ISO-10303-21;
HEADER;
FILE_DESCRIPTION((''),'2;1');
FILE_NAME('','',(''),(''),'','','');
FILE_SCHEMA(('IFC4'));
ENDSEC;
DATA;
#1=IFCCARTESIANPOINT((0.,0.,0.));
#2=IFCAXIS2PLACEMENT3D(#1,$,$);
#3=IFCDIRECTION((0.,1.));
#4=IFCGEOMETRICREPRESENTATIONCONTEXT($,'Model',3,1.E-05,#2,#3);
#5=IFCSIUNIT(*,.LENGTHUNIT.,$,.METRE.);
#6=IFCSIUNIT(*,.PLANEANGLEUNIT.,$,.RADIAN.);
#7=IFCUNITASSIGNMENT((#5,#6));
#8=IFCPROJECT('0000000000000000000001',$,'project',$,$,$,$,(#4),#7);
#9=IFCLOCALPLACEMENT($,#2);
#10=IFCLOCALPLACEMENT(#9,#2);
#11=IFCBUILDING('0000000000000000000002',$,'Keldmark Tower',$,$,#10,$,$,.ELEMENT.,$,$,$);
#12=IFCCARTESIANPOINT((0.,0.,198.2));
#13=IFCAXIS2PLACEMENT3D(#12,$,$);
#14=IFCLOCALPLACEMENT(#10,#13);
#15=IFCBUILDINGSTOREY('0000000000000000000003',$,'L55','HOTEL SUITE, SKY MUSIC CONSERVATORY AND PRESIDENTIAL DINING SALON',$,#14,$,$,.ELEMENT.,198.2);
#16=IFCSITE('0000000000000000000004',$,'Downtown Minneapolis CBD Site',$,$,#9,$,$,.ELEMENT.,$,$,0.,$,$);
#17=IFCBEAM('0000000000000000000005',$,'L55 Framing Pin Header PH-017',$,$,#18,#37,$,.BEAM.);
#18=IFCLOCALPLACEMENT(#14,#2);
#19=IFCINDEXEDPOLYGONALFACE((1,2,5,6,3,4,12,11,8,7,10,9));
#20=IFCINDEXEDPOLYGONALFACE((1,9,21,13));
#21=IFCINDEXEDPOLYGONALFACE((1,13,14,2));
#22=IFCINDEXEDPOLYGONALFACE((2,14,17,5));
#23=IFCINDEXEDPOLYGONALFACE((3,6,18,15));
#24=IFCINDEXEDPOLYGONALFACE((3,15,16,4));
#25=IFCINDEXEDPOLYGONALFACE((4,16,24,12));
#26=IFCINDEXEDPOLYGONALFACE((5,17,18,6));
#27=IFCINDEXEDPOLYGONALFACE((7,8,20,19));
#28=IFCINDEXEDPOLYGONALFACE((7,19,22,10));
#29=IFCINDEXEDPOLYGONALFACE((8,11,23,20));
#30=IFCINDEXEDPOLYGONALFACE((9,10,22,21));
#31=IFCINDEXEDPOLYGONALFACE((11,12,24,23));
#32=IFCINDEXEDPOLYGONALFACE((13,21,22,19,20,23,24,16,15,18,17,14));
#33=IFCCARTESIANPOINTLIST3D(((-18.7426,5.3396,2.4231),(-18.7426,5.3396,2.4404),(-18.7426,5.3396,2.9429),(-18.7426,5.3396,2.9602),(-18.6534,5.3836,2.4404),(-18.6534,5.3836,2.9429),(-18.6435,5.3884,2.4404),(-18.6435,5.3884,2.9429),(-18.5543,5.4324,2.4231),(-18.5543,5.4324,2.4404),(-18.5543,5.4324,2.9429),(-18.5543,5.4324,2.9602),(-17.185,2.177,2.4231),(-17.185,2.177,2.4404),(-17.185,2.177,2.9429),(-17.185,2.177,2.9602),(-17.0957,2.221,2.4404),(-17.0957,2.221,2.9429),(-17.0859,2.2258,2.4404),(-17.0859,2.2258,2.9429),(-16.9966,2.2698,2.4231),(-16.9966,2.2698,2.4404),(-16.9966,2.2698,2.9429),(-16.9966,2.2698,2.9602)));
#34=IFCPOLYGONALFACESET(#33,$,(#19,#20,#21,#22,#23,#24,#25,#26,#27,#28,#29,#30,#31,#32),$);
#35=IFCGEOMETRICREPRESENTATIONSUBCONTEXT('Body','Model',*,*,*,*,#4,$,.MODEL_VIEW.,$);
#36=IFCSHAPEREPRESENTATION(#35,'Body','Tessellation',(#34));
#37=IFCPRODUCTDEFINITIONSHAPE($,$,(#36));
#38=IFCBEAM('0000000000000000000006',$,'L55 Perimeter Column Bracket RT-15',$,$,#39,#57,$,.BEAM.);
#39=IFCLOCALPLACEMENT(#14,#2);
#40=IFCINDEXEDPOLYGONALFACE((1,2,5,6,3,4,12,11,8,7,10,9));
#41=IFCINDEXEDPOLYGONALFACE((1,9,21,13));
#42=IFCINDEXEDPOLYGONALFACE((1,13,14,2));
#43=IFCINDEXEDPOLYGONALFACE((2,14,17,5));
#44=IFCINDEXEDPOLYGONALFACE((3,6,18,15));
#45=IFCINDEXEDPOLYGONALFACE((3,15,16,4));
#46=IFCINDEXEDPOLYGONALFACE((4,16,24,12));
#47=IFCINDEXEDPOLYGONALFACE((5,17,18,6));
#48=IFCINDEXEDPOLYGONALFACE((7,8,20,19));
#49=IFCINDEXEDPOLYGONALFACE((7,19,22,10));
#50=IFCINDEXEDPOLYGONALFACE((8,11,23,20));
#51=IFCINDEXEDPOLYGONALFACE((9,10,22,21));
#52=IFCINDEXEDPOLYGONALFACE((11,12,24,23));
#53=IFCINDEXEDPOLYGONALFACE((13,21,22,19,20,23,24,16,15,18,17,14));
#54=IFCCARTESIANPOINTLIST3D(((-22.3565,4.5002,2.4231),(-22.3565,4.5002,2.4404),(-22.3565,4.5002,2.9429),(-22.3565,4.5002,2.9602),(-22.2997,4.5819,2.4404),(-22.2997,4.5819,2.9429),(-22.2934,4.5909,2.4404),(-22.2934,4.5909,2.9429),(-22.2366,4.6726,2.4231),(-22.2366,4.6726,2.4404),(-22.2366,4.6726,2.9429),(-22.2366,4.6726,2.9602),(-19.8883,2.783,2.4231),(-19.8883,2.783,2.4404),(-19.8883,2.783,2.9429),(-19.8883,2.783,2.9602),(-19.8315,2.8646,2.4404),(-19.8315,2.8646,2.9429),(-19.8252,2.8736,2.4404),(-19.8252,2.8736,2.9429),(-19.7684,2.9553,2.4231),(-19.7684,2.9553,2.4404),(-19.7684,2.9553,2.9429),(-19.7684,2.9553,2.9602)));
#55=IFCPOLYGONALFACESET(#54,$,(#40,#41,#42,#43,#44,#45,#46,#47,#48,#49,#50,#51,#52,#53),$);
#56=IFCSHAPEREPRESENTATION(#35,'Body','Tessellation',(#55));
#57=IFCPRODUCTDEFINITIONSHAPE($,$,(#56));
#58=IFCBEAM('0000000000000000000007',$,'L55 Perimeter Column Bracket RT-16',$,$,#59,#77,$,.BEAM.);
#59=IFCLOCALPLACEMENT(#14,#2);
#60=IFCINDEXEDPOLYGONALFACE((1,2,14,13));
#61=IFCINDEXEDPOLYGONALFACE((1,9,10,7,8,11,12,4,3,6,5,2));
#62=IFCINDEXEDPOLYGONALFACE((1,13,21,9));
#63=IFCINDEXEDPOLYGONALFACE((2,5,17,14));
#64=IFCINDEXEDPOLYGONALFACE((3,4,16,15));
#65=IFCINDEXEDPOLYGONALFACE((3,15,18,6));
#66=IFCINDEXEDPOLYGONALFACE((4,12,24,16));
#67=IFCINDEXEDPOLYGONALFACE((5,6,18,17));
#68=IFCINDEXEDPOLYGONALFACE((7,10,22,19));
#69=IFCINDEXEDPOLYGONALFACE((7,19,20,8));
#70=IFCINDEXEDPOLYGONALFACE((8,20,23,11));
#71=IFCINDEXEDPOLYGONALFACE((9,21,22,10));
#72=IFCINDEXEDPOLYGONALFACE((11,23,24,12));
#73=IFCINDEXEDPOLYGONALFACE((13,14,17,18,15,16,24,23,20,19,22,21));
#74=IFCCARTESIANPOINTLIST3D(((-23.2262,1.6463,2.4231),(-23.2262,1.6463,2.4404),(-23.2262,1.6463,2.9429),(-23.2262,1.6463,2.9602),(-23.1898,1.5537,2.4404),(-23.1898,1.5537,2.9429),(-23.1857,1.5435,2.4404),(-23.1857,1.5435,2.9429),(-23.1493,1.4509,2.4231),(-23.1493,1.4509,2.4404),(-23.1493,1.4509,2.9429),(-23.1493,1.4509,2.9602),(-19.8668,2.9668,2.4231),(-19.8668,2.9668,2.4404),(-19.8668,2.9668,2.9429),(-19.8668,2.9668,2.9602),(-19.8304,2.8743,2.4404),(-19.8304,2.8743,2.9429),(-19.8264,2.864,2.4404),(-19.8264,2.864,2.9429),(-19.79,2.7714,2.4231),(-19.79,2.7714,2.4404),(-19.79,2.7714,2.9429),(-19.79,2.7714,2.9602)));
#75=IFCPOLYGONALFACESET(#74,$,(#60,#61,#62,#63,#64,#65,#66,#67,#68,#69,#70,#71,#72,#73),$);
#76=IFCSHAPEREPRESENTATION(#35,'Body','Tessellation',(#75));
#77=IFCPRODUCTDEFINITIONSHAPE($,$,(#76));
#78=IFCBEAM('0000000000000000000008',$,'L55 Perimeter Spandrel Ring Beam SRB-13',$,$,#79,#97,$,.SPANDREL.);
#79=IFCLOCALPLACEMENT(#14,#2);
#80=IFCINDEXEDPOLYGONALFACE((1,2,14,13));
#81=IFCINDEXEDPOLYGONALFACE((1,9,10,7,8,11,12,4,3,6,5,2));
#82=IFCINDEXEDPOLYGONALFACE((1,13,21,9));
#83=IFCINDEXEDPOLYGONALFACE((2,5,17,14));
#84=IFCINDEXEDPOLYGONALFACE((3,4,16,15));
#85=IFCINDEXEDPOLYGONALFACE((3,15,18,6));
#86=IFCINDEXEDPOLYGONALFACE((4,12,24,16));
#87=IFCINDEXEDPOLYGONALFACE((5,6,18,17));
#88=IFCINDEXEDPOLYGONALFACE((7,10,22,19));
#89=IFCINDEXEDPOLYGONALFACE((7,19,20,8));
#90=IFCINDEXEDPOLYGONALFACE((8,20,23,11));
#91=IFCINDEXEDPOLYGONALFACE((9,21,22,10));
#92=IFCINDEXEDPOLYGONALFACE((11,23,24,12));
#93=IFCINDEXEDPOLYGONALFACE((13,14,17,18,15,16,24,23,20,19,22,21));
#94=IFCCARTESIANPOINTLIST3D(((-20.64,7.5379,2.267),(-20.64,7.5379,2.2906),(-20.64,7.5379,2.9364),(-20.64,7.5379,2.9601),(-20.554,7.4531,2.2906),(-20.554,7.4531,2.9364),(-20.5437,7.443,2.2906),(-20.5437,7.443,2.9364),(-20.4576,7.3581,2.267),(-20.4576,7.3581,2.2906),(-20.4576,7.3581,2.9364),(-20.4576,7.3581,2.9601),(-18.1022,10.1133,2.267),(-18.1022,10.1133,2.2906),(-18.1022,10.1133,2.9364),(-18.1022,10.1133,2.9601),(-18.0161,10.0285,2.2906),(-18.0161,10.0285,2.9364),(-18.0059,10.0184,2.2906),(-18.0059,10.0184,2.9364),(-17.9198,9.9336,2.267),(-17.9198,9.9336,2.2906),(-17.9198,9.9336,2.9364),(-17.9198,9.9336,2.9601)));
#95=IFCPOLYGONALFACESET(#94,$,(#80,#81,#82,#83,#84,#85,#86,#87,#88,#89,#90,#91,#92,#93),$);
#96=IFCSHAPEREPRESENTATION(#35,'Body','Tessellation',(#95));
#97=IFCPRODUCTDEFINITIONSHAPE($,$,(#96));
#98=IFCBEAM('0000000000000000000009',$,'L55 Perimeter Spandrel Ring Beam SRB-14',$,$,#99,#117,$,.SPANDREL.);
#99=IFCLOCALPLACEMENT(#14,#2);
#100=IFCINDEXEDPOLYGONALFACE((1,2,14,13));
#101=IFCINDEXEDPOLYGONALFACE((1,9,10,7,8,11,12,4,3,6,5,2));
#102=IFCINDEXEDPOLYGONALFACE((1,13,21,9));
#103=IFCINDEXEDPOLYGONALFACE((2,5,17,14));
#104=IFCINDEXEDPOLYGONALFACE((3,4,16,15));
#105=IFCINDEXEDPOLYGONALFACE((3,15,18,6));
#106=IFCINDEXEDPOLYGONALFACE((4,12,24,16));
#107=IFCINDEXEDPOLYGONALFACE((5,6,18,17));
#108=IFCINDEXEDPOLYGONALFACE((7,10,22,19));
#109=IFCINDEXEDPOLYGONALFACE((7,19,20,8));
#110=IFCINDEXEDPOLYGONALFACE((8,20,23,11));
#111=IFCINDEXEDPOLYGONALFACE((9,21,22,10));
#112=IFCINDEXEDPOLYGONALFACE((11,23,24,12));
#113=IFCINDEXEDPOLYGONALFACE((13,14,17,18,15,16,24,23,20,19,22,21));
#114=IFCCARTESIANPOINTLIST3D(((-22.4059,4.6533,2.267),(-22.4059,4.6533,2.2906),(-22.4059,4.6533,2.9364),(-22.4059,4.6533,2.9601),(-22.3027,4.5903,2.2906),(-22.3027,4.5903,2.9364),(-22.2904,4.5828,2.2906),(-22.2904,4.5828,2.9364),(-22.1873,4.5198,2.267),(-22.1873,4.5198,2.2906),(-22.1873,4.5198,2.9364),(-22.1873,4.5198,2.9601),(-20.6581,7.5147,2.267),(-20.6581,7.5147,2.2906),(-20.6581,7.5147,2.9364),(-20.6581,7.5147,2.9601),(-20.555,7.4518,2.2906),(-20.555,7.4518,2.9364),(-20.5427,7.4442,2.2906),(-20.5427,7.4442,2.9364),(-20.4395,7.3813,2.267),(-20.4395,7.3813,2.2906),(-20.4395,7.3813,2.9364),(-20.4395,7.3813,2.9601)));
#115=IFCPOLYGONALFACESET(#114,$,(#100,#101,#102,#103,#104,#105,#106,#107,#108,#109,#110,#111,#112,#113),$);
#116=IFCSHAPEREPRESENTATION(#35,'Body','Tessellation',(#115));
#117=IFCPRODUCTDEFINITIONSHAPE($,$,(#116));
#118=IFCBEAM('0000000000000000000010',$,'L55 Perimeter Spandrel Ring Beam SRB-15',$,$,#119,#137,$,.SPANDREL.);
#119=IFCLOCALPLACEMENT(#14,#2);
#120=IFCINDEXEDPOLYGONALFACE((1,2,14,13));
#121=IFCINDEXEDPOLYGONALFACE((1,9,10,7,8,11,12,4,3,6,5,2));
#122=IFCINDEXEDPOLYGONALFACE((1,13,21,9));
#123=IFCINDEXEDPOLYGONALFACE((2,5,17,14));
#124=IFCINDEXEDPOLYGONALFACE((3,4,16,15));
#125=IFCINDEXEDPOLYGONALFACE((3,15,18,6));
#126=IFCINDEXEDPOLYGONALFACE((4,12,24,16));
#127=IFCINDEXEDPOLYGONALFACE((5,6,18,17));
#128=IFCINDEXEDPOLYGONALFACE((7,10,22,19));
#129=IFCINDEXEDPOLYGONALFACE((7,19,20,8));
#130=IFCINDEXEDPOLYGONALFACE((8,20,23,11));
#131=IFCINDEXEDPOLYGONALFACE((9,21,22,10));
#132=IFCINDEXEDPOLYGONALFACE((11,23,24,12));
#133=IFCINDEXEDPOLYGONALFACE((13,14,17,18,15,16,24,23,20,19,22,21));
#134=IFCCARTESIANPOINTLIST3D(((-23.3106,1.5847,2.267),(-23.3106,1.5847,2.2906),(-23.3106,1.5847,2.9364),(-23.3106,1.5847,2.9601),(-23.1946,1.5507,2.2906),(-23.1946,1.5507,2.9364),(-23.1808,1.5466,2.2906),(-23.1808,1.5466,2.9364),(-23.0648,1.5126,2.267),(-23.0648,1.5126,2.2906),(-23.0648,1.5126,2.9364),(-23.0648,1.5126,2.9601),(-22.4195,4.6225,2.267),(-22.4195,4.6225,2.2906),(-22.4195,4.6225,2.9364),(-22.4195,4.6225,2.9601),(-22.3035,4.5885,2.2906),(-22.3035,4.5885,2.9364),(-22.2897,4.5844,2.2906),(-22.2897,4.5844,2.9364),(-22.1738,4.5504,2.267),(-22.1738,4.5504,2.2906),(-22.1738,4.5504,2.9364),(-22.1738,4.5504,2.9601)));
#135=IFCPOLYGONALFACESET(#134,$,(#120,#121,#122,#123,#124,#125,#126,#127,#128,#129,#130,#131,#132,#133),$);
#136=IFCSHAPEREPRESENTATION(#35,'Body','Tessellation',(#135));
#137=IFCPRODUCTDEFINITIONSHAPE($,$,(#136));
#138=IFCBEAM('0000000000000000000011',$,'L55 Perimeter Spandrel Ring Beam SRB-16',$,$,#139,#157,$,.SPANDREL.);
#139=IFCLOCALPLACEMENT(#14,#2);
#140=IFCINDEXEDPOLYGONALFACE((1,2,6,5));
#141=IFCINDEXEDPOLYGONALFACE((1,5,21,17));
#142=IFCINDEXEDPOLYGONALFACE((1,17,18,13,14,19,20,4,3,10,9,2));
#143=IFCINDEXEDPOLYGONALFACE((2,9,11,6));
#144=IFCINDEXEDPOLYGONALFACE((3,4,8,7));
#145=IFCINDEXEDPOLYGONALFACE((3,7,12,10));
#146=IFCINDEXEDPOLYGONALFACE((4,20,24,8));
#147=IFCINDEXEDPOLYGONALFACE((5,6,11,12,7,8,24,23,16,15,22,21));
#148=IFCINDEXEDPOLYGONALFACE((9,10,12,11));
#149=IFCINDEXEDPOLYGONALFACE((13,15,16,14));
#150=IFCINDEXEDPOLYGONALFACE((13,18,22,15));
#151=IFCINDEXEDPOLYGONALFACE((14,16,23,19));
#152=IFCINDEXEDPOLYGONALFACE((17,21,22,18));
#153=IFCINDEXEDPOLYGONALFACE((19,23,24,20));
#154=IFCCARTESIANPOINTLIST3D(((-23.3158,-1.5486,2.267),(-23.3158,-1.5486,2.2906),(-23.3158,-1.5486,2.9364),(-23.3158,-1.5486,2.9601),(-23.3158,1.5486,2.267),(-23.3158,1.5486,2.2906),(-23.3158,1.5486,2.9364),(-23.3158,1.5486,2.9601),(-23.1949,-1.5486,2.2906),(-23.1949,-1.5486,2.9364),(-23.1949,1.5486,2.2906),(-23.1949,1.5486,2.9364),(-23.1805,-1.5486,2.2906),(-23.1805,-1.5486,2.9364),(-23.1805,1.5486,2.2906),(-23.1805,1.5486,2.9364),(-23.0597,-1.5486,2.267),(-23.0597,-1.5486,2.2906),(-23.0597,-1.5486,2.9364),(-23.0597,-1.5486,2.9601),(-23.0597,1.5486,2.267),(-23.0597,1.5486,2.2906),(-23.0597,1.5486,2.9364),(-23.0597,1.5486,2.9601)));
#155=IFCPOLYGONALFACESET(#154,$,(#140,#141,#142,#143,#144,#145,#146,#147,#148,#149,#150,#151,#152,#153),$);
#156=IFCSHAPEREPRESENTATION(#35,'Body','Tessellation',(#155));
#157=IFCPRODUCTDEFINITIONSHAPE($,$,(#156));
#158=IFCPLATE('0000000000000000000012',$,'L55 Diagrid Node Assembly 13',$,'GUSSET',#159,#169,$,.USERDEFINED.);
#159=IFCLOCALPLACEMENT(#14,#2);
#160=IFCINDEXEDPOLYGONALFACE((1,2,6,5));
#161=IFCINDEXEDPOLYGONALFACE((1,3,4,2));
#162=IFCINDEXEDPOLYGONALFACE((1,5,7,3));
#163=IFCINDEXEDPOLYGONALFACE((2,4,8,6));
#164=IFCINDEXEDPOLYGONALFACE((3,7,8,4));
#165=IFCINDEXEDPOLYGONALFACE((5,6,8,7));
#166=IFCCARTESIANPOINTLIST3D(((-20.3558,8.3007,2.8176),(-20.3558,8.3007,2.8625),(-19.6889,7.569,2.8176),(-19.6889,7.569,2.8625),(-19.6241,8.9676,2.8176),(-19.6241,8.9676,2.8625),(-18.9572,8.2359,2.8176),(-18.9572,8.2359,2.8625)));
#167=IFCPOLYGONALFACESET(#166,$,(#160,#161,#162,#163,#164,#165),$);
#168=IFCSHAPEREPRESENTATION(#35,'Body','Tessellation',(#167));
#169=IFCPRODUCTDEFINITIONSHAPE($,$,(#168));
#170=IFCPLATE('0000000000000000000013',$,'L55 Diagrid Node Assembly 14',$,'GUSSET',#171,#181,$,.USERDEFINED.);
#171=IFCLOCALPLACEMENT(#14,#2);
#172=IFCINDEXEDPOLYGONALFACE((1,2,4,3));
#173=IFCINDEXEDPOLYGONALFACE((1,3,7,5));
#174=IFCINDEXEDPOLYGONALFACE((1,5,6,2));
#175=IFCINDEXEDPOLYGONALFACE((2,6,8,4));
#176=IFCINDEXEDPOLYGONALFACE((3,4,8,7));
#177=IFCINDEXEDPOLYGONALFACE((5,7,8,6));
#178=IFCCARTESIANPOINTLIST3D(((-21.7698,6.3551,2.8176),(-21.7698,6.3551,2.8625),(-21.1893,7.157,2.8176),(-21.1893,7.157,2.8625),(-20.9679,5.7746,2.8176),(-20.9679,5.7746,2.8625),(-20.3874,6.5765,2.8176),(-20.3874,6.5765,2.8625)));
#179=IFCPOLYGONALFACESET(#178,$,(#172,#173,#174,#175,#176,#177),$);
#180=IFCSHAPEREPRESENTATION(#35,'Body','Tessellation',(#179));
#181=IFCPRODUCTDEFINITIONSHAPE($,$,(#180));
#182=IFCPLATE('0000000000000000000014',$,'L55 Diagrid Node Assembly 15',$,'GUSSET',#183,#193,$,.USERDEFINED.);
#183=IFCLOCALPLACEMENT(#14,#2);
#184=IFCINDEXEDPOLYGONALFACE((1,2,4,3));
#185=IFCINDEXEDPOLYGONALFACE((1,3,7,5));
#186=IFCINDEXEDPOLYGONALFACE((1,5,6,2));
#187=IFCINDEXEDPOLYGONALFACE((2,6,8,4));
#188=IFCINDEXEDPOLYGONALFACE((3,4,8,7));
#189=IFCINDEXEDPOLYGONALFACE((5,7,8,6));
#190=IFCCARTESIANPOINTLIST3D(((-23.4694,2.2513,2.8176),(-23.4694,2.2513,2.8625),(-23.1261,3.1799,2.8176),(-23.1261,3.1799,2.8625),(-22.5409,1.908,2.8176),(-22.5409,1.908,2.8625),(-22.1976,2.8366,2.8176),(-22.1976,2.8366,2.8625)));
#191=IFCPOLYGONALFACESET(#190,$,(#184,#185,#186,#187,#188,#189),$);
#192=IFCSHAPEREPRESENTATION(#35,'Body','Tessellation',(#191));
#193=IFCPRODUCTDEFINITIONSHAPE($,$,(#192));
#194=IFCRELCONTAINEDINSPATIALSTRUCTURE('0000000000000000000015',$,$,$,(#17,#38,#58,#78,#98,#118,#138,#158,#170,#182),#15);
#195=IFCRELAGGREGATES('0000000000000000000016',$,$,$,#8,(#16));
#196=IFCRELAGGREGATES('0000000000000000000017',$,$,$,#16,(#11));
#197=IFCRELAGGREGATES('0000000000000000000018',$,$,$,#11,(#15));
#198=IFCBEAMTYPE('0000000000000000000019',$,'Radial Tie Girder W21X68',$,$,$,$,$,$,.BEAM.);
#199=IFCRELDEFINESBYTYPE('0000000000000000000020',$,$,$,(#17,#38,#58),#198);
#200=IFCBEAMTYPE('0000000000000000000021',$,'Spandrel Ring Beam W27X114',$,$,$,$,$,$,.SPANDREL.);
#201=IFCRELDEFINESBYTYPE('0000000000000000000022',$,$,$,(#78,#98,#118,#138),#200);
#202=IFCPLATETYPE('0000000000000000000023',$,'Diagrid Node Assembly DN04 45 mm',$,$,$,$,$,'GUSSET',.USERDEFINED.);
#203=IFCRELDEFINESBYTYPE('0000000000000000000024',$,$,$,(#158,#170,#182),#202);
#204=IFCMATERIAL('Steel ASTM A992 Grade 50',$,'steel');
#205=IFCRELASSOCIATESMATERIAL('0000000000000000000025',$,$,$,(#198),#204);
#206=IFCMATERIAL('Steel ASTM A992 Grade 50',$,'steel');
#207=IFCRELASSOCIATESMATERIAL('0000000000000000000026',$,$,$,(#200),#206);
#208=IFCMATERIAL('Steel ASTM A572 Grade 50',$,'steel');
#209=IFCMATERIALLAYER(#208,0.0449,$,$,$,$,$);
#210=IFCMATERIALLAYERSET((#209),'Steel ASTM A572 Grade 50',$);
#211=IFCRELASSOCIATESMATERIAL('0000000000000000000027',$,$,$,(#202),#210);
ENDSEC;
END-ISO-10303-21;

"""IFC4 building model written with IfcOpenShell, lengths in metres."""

from ifc_helpers import new_model, si_unit, direction, frame, origin, origin_2d, place, context, subcontext, project, spatial, rectangle, i_section, extrude, material, layer, layer_set, material_profile, profile_set, type_object, element, save


model = new_model("IFC4")

# Units and contexts
model_context = context("Model", 3, precision=1e-05, world=origin(), true_north=direction((0.0, 1.0)))
body_context = subcontext(model_context, "Body", "Model", "MODEL_VIEW")
ifc_project = project(units=[si_unit("LENGTHUNIT", "METRE"), si_unit("PLANEANGLEUNIT", "RADIAN")], contexts=[model_context])

# Site, building, storey
site_placement = place(None, origin())
site = spatial("IfcSite", under=ifc_project, at=site_placement, Name="Downtown Minneapolis CBD Site", CompositionType="ELEMENT", RefElevation=0.0)
building_placement = place(site_placement, origin())
building = spatial("IfcBuilding", under=site, at=building_placement, Name="Keldmark Tower", CompositionType="ELEMENT")
storey_placement = place(building_placement, frame((0.0, 0.0, 198.2)))
storey = spatial("IfcBuildingStorey", under=building, at=storey_placement, Name="L55", Description="HOTEL SUITE, SKY MUSIC CONSERVATORY AND PRESIDENTIAL DINING SALON", CompositionType="ELEMENT", Elevation=198.2)

# Beams
ifc_material_1 = material(Name="Steel ASTM A992 Grade 50", Category="steel")
ifc_material_profile_1 = material_profile(ifc_material_1, i_section(OverallWidth=0.21, OverallDepth=0.5371, WebThickness=0.011, FlangeThickness=0.0173, at=origin_2d()), Name="W21X68")
ifc_profile_set_1 = profile_set([ifc_material_profile_1], Name="Steel ASTM A992 Grade 50")
beam_type_1 = type_object("IfcBeamType", Name="Radial Tie Girder W21X68", PredefinedType="BEAM", material=ifc_profile_set_1)
beam_1_placement = place(storey_placement, frame((-17.0908, 2.2234, 2.6917), z_axis=(-0.441832, 0.897098, 0.0), x_axis=(-0.897098, -0.441832, 0.0)))
element("IfcBeam", 1, at=beam_1_placement, inside=storey, type_object=beam_type_1, Name="L55 Framing Pin Header PH-017", PredefinedType="BEAM", context=body_context, shape_type="SweptSolid", body=[
    extrude(i_section(OverallWidth=0.21, OverallDepth=0.5371, WebThickness=0.011, FlangeThickness=0.0173, at=origin_2d()), origin(), (0.0, 0.0, 1.0), 3.5254),
])
beam_2_placement = place(storey_placement, frame((-19.8284, 2.8691, 2.6917), z_axis=(-0.820869, 0.571117, 0.0), x_axis=(-0.571117, -0.820869, 0.0)))
element("IfcBeam", 2, at=beam_2_placement, inside=storey, type_object=beam_type_1, Name="L55 Perimeter Column Bracket RT-15", PredefinedType="BEAM", context=body_context, shape_type="SweptSolid", body=[
    extrude(i_section(OverallWidth=0.21, OverallDepth=0.5371, WebThickness=0.011, FlangeThickness=0.0173, at=origin_2d()), origin(), (0.0, 0.0, 1.0), 3.0068),
])
beam_3_placement = place(storey_placement, frame((-19.8284, 2.8691, 2.6917), z_axis=(-0.930676, -0.365845, 0.0), x_axis=(0.365845, -0.930676, 0.0)))
element("IfcBeam", 3, at=beam_3_placement, inside=storey, type_object=beam_type_1, Name="L55 Perimeter Column Bracket RT-16", PredefinedType="BEAM", context=body_context, shape_type="SweptSolid", body=[
    extrude(i_section(OverallWidth=0.21, OverallDepth=0.5371, WebThickness=0.011, FlangeThickness=0.0173, at=origin_2d()), origin(), (0.0, 0.0, 1.0), 3.6096),
])
ifc_material_2 = material(Name="Steel ASTM A992 Grade 50", Category="steel")
ifc_material_profile_2 = material_profile(ifc_material_2, i_section(OverallWidth=0.2561, OverallDepth=0.6931, WebThickness=0.0144, FlangeThickness=0.0237, at=origin_2d()), Name="W27X114")
ifc_profile_set_2 = profile_set([ifc_material_profile_2], Name="Steel ASTM A992 Grade 50")
beam_type_2 = type_object("IfcBeamType", Name="Spandrel Ring Beam W27X114", PredefinedType="SPANDREL", material=ifc_profile_set_2)
beam_4_placement = place(storey_placement, frame((-18.011, 10.0234, 2.6135), z_axis=(-0.701888, -0.712287, 0.0), x_axis=(0.712287, -0.701888, 0.0)))
element("IfcBeam", 4, at=beam_4_placement, inside=storey, type_object=beam_type_2, Name="L55 Perimeter Spandrel Ring Beam SRB-13", PredefinedType="SPANDREL", context=body_context, shape_type="SweptSolid", body=[
    extrude(i_section(OverallWidth=0.2561, OverallDepth=0.6931, WebThickness=0.0144, FlangeThickness=0.0237, at=origin_2d()), origin(), (0.0, 0.0, 1.0), 3.6157),
])
beam_5_placement = place(storey_placement, frame((-20.5488, 7.448, 2.6135), z_axis=(-0.521247, -0.853406, 0.0), x_axis=(0.853406, -0.521247, 0.0)))
element("IfcBeam", 5, at=beam_5_placement, inside=storey, type_object=beam_type_2, Name="L55 Perimeter Spandrel Ring Beam SRB-14", PredefinedType="SPANDREL", context=body_context, shape_type="SweptSolid", body=[
    extrude(i_section(OverallWidth=0.2561, OverallDepth=0.6931, WebThickness=0.0144, FlangeThickness=0.0237, at=origin_2d()), origin(), (0.0, 0.0, 1.0), 3.353),
])
beam_6_placement = place(storey_placement, frame((-22.2966, 4.5864, 2.6135), z_axis=(-0.281477, -0.959568, 0.0), x_axis=(0.959568, -0.281477, 0.0)))
element("IfcBeam", 6, at=beam_6_placement, inside=storey, type_object=beam_type_2, Name="L55 Perimeter Spandrel Ring Beam SRB-15", PredefinedType="SPANDREL", context=body_context, shape_type="SweptSolid", body=[
    extrude(i_section(OverallWidth=0.2561, OverallDepth=0.6931, WebThickness=0.0144, FlangeThickness=0.0237, at=origin_2d()), origin(), (0.0, 0.0, 1.0), 3.1658),
])
beam_7_placement = place(storey_placement, frame((-23.1877, 1.5486, 2.6135), z_axis=(0.0, -1.0, 0.0), x_axis=(1.0, 0.0, 0.0)))
element("IfcBeam", 7, at=beam_7_placement, inside=storey, type_object=beam_type_2, Name="L55 Perimeter Spandrel Ring Beam SRB-16", PredefinedType="SPANDREL", context=body_context, shape_type="SweptSolid", body=[
    extrude(i_section(OverallWidth=0.2561, OverallDepth=0.6931, WebThickness=0.0144, FlangeThickness=0.0237, at=origin_2d()), origin(), (0.0, 0.0, 1.0), 3.0972),
])

# Plates
ifc_material_3 = material(Name="Steel ASTM A572 Grade 50", Category="steel")
ifc_layer_1 = layer(ifc_material_3, 0.0449)
ifc_layer_set_1 = layer_set([ifc_layer_1], Name="Steel ASTM A572 Grade 50")
plate_type = type_object("IfcPlateType", Name="Diagrid Node Assembly DN04 45 mm", ElementType="GUSSET", PredefinedType="USERDEFINED", material=ifc_layer_set_1)
for number, where, z_axis, x_axis, name in (
    (8, (-19.6565, 8.2683, 2.8176), (0.0, 0.0, 1.0), (-0.739043, -0.673658, 0.0), "L55 Diagrid Node Assembly 13"),
    (9, (-21.0786, 6.4658, 2.8176), (0.0, 0.0, 1.0), (-0.586372, -0.810042, 0.0), "L55 Diagrid Node Assembly 14"),
    (10, (-22.8335, 2.5439, 2.8176), (0.0, 0.0, 1.0), (-0.346772, -0.937949, 0.0), "L55 Diagrid Node Assembly 15"),
):
    element("IfcPlate", number, at=place(storey_placement, frame(where, z_axis=z_axis, x_axis=x_axis)), inside=storey, type_object=plate_type, Name=name, ObjectType="GUSSET", PredefinedType="USERDEFINED", context=body_context, shape_type="SweptSolid", body=[
        extrude(rectangle(XDim=0.99, YDim=0.99, at=origin_2d()), origin(), (0.0, 0.0, 1.0), 0.0449),
    ])

save(model, "model.ifc")
